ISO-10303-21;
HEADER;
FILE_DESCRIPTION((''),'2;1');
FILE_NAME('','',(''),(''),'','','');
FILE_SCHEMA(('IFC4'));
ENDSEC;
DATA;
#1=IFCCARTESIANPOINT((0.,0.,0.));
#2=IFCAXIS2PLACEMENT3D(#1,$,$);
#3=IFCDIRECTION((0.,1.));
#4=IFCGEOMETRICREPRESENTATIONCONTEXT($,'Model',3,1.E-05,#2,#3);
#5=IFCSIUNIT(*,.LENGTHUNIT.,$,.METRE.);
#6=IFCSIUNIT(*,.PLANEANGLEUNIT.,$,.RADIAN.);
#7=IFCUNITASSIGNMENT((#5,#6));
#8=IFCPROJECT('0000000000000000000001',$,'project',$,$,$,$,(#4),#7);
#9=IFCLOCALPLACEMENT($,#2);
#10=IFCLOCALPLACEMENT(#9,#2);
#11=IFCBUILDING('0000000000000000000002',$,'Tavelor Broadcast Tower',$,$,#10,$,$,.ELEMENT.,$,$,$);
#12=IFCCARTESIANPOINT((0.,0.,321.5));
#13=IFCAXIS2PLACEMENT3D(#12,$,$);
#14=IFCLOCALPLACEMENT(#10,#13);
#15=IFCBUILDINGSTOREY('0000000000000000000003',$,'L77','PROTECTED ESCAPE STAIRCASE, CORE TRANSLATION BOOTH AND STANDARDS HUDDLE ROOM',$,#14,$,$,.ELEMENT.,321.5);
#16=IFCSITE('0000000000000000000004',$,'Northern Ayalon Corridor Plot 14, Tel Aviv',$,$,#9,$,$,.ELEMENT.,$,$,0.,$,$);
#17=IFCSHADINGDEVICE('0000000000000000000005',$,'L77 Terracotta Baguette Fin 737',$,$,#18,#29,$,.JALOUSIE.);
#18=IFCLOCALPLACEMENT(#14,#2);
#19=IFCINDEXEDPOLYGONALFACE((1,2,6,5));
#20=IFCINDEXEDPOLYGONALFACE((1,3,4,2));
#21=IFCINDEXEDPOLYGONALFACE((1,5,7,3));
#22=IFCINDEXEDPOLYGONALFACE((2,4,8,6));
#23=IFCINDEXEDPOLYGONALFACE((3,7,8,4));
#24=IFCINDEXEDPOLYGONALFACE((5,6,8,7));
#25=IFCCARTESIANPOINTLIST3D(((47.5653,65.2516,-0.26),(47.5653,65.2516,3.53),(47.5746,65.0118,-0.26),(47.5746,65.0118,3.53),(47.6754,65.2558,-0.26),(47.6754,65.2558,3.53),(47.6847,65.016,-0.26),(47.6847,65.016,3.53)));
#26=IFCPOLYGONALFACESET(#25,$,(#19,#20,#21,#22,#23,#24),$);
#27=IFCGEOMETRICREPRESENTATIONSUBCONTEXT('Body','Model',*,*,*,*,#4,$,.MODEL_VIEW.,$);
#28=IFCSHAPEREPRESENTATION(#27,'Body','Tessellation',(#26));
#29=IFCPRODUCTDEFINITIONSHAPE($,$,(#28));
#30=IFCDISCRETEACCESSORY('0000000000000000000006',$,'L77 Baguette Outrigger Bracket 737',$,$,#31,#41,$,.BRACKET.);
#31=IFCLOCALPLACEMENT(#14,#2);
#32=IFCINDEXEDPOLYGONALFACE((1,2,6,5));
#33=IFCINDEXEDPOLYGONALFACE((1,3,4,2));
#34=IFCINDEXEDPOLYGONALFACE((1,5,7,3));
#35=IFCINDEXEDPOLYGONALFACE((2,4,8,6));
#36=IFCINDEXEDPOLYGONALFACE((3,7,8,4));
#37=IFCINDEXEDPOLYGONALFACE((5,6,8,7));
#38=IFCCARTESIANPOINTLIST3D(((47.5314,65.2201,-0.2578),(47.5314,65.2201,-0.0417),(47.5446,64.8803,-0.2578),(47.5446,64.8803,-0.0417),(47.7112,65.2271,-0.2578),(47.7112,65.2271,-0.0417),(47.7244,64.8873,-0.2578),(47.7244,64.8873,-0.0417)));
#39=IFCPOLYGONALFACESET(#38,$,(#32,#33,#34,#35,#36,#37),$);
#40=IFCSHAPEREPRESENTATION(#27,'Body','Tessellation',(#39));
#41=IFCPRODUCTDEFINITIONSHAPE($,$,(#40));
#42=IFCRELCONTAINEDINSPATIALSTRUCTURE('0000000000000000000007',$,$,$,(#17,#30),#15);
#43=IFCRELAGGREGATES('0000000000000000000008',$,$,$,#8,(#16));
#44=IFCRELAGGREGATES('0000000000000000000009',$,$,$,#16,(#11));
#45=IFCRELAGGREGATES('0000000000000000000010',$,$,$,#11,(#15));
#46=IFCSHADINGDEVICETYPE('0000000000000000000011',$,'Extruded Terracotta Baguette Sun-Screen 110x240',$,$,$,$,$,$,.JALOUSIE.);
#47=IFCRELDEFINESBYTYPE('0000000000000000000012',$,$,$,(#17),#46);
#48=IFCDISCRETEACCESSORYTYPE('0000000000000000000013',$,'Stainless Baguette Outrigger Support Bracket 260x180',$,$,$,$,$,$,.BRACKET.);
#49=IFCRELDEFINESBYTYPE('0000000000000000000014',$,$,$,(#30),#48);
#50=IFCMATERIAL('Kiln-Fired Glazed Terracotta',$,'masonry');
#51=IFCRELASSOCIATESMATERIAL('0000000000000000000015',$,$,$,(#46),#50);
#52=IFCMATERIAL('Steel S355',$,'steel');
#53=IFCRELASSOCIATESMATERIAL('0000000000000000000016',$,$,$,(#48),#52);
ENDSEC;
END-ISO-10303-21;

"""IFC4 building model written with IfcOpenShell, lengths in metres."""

from ifc_helpers import new_model, si_unit, direction, frame, origin, origin_2d, place, context, subcontext, project, spatial, rectangle, extrude, source, transform, mapped, material, type_object, type_shapes, element, save


model = new_model("IFC4")

# Units and contexts
model_context = context("Model", 3, precision=1e-05, world=origin(), true_north=direction((0.0, 1.0)))
body_context = subcontext(model_context, "Body", "Model", "MODEL_VIEW")
ifc_project = project(units=[si_unit("LENGTHUNIT", "METRE"), si_unit("PLANEANGLEUNIT", "RADIAN")], contexts=[model_context])

# Site, building, storey
site_placement = place(None, origin())
site = spatial("IfcSite", under=ifc_project, at=site_placement, Name="Northern Ayalon Corridor Plot 14, Tel Aviv", CompositionType="ELEMENT", RefElevation=0.0)
building_placement = place(site_placement, origin())
building = spatial("IfcBuilding", under=site, at=building_placement, Name="Tavelor Broadcast Tower", CompositionType="ELEMENT")
storey_placement = place(building_placement, frame((0.0, 0.0, 321.5)))
storey = spatial("IfcBuildingStorey", under=building, at=storey_placement, Name="L77", Description="PROTECTED ESCAPE STAIRCASE, CORE TRANSLATION BOOTH AND STANDARDS HUDDLE ROOM", CompositionType="ELEMENT", Elevation=321.5)

# Shared definitions
ifc_material_1 = material(Name="Steel S355", Category="steel")

# Shading device
ifc_material_2 = material(Name="Kiln-Fired Glazed Terracotta", Category="masonry")
shading_device_type = type_object("IfcShadingDeviceType", Name="Extruded Terracotta Baguette Sun-Screen 110x240", PredefinedType="JALOUSIE", material=ifc_material_2)
shared_shape_1 = source(origin(), body_context, "Body", "SweptSolid", [
    extrude(rectangle(XDim=0.1101, YDim=0.24, at=origin_2d()), origin(), (0.0, 0.0, 1.0), 3.79),
])
type_shapes(shading_device_type, [shared_shape_1])
shading_device_placement = place(storey_placement, frame((47.625, 65.1338, -0.26), z_axis=(0.0, 0.0, 1.0), x_axis=(-0.999249, -0.038737, 0.0)))
element("IfcShadingDevice", 1, at=shading_device_placement, inside=storey, type_object=shading_device_type, Name="L77 Terracotta Baguette Fin 737", PredefinedType="JALOUSIE", context=body_context, shape_type="MappedRepresentation", body=[
    mapped(shared_shape_1, transform((0.0, 0.0, 0.0), scale=1.0)),
])

# Discrete accessory
discrete_accessory_type = type_object("IfcDiscreteAccessoryType", Name="Stainless Baguette Outrigger Support Bracket 260x180", PredefinedType="BRACKET", material=ifc_material_1)
shared_shape_2 = source(origin(), body_context, "Body", "SweptSolid", [
    extrude(rectangle(XDim=0.1799, YDim=0.3401, at=origin_2d()), origin(), (0.0, 0.0, 1.0), 0.2161),
])
type_shapes(discrete_accessory_type, [shared_shape_2])
discrete_accessory_placement = place(storey_placement, frame((47.6279, 65.0537, -0.2578), z_axis=(0.0, 0.0, 1.0), x_axis=(-0.999249, -0.038737, 0.0)))
element("IfcDiscreteAccessory", 2, at=discrete_accessory_placement, inside=storey, type_object=discrete_accessory_type, Name="L77 Baguette Outrigger Bracket 737", PredefinedType="BRACKET", context=body_context, shape_type="MappedRepresentation", body=[
    mapped(shared_shape_2, transform((0.0, 0.0, 0.0), scale=1.0)),
])

save(model, "model.ifc")
